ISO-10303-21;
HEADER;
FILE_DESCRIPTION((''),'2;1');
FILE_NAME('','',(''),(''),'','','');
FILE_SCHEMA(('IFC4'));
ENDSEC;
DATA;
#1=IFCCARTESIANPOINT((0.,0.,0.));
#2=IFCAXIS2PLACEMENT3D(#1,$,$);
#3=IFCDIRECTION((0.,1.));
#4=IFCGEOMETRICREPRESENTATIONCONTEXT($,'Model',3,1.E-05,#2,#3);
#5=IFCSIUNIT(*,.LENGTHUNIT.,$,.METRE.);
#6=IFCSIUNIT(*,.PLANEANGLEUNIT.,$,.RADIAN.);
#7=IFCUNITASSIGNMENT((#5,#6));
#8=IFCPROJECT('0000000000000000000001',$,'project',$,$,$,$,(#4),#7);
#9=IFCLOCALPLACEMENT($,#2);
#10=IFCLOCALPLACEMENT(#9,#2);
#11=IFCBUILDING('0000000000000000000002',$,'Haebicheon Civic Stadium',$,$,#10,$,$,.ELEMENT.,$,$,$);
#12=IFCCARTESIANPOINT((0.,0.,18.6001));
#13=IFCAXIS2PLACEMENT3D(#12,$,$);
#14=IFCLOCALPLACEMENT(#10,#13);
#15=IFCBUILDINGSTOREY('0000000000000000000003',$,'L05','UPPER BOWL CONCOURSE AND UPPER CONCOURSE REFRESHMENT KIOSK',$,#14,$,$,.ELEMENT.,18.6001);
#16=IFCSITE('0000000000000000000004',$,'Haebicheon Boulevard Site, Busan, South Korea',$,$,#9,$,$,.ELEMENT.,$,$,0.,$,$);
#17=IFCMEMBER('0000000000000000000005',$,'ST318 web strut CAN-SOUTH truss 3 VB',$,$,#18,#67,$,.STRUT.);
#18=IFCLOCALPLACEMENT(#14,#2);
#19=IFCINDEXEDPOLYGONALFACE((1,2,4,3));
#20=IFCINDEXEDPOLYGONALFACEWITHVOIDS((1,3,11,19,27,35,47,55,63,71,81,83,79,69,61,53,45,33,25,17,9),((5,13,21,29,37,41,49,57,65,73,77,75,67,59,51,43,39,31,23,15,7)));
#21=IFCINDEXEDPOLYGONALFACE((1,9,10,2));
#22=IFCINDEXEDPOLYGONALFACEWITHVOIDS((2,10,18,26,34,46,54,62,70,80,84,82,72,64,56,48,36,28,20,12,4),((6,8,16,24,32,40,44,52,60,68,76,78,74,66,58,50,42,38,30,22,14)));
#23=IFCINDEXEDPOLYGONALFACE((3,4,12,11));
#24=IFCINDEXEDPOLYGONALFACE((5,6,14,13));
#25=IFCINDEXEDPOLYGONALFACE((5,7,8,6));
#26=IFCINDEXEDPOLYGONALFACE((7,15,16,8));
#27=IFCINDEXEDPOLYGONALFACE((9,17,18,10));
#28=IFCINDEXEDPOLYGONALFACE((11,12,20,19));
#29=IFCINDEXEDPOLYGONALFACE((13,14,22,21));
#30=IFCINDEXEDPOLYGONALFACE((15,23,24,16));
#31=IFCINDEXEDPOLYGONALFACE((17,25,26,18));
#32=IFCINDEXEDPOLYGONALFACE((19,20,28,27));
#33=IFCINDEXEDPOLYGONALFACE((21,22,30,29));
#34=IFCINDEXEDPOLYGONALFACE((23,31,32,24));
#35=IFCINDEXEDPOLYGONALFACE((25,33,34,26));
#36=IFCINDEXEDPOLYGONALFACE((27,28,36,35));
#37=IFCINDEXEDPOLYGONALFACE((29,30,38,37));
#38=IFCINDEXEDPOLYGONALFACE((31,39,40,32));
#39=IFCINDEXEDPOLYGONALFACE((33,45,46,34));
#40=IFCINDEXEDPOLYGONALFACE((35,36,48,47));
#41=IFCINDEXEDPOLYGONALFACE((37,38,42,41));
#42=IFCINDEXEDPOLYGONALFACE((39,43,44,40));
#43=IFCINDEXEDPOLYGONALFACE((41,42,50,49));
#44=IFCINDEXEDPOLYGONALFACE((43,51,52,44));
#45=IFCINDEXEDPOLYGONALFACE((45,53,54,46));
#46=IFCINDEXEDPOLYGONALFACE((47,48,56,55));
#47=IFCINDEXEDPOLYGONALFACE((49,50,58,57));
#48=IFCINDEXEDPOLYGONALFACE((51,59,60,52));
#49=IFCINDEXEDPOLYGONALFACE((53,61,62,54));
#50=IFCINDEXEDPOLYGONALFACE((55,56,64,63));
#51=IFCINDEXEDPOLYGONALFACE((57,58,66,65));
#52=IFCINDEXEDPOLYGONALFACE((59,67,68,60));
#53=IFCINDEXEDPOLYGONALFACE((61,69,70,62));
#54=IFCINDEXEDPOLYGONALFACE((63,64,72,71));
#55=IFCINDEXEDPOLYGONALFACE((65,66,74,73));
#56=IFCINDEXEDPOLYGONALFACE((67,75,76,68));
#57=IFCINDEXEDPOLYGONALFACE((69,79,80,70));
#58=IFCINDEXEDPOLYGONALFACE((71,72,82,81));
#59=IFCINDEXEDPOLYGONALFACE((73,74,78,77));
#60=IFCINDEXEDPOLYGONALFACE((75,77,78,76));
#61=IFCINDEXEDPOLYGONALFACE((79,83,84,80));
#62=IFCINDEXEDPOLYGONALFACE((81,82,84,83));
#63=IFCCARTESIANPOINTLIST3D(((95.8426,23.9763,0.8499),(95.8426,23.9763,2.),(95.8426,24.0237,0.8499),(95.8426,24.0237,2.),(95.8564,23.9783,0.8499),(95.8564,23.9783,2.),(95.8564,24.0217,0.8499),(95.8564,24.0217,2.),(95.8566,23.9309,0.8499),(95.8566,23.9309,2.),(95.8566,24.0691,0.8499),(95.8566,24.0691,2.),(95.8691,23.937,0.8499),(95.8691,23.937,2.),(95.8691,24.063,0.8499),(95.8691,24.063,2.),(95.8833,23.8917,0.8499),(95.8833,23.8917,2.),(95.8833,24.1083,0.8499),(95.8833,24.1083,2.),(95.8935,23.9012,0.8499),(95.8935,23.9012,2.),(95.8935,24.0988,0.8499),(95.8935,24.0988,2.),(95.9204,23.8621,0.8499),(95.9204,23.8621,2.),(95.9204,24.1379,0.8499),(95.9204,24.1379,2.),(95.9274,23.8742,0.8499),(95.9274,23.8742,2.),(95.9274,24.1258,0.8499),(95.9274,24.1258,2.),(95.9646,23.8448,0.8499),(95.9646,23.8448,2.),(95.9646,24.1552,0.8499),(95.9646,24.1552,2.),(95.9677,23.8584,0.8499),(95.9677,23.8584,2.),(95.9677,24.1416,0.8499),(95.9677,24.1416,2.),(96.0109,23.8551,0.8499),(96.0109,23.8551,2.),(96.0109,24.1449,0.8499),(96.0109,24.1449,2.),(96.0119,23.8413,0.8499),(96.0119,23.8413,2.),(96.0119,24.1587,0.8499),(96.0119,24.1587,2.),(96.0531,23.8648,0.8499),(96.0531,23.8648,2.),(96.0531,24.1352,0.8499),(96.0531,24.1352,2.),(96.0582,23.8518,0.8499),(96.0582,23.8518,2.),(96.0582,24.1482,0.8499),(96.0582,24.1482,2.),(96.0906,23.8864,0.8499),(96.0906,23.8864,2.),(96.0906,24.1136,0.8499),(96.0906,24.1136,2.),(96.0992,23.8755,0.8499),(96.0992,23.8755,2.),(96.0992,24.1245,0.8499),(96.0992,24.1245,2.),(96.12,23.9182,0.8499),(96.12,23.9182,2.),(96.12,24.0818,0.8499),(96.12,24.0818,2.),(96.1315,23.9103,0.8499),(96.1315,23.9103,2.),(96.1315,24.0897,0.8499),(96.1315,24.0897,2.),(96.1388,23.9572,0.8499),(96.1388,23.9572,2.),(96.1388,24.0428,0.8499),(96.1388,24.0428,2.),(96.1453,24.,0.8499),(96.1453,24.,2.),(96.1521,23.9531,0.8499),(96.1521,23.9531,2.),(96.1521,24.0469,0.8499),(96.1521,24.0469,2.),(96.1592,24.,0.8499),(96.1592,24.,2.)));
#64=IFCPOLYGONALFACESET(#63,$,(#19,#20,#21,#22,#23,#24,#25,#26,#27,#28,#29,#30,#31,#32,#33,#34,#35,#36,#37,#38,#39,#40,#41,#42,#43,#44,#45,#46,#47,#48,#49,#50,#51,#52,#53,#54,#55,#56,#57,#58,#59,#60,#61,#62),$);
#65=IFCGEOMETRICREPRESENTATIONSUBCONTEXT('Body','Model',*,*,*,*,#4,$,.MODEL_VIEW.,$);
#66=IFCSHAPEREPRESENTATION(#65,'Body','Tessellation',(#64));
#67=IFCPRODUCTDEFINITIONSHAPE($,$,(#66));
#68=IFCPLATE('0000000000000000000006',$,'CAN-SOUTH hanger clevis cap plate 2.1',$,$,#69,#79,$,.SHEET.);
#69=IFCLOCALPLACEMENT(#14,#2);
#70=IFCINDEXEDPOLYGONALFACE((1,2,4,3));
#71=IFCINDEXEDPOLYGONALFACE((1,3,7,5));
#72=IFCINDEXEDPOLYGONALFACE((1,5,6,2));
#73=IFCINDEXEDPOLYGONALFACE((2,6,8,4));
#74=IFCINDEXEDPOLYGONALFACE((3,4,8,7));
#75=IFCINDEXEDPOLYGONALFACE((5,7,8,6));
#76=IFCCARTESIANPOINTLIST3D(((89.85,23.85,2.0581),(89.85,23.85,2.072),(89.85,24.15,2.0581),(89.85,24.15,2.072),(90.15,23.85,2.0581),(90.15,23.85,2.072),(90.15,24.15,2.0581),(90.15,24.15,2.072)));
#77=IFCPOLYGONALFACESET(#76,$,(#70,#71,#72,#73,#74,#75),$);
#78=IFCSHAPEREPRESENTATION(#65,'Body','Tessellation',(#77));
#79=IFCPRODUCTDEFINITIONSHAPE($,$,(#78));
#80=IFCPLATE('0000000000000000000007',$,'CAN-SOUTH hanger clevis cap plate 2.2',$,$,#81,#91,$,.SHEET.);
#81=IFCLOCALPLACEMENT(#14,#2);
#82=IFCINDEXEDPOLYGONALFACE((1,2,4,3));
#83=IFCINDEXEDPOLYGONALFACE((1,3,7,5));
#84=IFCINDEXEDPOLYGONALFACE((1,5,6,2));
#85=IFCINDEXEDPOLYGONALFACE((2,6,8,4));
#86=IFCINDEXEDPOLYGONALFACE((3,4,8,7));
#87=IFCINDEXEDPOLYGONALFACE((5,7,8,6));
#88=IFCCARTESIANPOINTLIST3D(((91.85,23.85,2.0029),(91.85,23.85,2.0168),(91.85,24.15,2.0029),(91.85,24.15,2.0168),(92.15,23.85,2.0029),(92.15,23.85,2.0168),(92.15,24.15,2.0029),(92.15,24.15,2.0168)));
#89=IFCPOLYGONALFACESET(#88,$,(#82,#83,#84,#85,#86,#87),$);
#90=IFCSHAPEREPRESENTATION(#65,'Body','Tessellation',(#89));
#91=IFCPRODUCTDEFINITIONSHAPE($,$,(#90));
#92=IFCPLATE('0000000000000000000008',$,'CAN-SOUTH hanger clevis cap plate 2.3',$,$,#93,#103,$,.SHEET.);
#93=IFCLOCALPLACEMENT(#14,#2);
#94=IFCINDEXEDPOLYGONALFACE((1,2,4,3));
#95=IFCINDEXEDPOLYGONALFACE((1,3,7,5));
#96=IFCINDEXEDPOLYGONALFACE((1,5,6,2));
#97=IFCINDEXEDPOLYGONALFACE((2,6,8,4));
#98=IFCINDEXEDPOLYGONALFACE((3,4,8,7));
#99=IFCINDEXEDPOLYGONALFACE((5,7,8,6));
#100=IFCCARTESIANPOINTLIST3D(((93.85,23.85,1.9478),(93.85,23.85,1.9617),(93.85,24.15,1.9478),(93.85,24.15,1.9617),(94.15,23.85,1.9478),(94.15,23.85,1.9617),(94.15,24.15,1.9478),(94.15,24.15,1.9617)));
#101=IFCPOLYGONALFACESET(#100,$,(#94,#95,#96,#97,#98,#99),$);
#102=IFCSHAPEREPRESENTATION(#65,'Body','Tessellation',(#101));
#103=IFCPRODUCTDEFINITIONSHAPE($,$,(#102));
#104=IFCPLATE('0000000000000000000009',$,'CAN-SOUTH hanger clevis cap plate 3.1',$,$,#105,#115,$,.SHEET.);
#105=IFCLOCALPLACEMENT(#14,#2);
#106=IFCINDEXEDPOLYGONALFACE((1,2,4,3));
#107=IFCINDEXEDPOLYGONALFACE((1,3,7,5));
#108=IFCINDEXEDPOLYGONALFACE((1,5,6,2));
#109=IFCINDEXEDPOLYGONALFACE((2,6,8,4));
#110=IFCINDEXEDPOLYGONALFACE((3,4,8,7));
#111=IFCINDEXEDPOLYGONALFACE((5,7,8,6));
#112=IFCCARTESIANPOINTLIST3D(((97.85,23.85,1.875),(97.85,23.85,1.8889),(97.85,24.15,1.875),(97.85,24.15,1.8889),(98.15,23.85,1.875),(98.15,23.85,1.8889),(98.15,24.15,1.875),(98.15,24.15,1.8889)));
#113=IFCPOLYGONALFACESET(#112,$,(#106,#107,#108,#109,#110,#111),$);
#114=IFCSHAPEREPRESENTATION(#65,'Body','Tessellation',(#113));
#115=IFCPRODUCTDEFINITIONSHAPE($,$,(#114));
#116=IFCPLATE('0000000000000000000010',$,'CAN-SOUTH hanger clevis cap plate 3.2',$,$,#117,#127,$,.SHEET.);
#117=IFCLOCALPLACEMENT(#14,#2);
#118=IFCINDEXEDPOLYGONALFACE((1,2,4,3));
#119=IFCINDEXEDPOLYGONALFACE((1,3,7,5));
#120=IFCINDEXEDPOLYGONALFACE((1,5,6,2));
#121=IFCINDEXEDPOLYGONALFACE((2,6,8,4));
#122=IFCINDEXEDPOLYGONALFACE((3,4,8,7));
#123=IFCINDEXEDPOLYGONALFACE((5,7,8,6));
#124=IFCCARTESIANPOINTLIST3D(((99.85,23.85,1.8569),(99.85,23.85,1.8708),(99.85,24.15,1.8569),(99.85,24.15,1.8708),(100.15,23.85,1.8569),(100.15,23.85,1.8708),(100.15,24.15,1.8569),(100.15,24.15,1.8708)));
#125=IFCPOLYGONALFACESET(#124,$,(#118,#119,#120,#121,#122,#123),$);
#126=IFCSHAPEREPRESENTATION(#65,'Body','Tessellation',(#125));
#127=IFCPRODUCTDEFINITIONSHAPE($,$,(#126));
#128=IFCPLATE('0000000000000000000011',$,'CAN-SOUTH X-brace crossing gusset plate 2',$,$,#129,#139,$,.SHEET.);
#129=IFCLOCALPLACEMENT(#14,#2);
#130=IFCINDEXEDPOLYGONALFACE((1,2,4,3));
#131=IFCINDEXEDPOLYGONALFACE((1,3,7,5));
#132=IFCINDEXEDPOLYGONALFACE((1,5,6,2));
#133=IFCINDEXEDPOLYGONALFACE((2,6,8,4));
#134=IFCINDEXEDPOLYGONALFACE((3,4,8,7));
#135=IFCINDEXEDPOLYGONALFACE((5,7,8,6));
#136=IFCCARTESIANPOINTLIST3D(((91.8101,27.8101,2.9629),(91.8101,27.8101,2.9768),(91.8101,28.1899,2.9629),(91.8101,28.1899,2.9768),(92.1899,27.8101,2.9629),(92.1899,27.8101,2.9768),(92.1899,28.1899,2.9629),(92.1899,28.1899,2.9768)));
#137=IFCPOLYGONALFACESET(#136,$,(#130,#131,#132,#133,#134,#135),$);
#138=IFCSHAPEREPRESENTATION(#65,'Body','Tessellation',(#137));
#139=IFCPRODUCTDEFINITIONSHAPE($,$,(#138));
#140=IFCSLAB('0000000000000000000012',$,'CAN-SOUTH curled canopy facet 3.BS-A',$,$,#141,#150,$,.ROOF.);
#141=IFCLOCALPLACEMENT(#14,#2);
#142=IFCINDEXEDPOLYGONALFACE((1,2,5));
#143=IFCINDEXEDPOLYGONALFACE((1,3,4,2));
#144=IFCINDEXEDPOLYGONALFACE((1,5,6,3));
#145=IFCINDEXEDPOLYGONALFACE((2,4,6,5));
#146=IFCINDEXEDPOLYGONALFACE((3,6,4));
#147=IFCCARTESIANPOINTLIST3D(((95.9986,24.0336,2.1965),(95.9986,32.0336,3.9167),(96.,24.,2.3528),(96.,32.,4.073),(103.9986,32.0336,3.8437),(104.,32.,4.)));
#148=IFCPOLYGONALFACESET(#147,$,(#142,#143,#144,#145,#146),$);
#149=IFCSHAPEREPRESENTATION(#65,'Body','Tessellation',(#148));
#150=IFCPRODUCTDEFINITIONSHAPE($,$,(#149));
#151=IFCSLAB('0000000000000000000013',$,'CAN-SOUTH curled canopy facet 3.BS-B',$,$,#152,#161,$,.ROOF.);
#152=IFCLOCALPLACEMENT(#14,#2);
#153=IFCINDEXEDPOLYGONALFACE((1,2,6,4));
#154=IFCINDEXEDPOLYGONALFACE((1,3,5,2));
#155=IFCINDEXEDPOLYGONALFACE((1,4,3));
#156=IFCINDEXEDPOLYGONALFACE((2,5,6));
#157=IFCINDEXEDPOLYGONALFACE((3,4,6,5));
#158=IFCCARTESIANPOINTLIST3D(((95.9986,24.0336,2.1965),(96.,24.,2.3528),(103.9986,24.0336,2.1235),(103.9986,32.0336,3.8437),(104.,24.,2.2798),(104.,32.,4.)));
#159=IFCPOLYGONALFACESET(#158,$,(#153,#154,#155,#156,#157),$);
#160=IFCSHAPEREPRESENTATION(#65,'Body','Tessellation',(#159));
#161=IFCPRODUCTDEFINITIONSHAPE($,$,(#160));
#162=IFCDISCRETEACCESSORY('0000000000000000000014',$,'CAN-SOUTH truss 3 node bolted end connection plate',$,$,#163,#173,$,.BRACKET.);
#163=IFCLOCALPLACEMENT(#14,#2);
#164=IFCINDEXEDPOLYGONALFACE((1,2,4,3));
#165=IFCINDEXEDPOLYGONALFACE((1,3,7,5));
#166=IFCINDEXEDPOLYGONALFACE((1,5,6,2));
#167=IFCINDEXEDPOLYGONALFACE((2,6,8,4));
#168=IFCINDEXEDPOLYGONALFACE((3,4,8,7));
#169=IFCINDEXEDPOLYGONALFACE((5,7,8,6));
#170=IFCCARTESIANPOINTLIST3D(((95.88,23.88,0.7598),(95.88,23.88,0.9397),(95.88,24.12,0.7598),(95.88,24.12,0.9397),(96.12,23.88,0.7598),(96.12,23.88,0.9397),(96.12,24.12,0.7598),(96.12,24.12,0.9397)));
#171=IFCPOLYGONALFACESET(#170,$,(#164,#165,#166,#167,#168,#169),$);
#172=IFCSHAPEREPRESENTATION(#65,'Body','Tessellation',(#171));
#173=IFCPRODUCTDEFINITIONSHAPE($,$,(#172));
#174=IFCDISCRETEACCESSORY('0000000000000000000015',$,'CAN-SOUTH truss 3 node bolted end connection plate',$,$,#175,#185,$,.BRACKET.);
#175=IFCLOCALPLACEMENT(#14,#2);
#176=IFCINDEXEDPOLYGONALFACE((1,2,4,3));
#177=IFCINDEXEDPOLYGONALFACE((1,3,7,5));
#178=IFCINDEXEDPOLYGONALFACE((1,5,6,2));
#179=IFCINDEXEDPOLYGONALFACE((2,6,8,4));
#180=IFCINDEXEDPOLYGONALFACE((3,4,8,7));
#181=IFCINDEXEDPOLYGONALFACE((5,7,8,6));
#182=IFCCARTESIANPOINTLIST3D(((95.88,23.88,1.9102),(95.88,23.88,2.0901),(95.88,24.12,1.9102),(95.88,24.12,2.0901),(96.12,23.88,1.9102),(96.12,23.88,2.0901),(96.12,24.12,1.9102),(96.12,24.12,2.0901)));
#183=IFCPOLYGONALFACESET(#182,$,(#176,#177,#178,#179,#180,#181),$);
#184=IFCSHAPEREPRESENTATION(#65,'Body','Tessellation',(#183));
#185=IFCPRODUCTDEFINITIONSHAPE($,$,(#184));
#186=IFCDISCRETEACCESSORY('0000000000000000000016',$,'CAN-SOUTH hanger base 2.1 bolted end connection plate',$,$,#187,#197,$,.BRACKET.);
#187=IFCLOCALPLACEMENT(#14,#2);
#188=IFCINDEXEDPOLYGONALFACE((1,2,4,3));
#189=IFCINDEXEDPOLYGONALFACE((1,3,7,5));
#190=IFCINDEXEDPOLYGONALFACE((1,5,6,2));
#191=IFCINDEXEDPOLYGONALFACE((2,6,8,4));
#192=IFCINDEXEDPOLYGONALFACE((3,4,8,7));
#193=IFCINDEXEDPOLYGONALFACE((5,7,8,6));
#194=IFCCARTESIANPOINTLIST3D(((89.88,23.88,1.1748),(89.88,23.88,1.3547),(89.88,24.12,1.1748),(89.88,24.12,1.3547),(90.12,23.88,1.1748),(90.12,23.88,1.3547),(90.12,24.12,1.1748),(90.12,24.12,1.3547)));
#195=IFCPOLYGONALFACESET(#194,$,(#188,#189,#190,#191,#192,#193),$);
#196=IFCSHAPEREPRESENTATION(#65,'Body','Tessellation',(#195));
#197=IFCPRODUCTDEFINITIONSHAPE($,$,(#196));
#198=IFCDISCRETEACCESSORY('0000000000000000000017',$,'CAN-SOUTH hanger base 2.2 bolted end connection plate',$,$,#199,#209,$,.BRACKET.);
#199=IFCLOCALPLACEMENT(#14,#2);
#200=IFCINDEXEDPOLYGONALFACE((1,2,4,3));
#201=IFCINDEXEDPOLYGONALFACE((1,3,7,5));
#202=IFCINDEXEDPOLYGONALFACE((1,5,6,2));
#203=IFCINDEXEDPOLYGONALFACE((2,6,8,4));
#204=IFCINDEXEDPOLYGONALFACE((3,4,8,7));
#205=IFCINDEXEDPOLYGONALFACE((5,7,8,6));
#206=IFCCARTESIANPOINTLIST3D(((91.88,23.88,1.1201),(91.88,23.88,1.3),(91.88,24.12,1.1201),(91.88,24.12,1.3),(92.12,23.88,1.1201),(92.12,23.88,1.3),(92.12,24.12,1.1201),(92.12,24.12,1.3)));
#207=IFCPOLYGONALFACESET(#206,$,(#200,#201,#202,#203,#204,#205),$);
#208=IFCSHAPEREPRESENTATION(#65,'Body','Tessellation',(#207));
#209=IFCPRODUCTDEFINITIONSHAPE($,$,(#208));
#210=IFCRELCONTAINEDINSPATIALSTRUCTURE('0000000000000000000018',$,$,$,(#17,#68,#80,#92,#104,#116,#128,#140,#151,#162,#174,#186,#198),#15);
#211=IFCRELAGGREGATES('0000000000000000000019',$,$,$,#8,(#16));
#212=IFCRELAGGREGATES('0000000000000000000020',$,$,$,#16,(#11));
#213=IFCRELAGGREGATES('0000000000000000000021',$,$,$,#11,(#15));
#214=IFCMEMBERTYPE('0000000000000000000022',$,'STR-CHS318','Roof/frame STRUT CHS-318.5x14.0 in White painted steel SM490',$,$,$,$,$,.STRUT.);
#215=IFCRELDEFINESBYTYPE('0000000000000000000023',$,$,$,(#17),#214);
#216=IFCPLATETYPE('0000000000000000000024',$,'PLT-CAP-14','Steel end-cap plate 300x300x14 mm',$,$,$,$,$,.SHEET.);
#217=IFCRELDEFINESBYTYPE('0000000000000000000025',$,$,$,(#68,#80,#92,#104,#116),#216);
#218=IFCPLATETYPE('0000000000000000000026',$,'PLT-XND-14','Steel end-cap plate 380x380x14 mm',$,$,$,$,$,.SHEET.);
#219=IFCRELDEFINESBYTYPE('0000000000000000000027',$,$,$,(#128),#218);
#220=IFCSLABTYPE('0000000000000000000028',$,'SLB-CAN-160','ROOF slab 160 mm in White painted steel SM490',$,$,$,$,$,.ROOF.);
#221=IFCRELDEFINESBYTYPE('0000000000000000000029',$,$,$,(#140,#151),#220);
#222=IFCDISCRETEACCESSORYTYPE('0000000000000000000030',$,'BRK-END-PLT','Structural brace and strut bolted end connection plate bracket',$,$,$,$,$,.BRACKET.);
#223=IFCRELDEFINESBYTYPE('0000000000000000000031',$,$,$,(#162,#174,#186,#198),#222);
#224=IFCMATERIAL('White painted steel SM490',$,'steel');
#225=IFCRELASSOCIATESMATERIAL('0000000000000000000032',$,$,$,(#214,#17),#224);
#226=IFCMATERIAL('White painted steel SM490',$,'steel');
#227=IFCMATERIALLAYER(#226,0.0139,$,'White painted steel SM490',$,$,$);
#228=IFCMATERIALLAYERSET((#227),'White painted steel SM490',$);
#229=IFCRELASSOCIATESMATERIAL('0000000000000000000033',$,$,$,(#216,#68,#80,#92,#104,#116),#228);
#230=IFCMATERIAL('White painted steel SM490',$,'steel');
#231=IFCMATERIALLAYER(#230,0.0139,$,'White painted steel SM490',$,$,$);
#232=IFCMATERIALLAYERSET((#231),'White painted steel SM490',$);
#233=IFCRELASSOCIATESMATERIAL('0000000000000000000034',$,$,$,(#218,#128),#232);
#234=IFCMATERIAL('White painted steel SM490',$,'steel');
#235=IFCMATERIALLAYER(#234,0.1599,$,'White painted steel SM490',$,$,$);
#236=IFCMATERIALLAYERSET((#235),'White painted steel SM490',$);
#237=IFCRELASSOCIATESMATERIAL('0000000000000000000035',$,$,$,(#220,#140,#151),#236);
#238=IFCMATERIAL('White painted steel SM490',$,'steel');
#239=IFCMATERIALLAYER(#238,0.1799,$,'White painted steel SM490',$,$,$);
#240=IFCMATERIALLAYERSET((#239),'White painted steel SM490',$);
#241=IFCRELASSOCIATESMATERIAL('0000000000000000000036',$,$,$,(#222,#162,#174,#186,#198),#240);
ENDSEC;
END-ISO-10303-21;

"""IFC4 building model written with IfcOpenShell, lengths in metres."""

from ifc_helpers import new_model, si_unit, direction, frame, origin, origin_2d, place, context, subcontext, project, spatial, polyline, rectangle, hollow_circle, outline, extrude, material, layer, layer_set, material_profile, profile_set, type_object, element, save


model = new_model("IFC4")

# Units and contexts
model_context = context("Model", 3, precision=1e-05, world=origin(), true_north=direction((0.0, 1.0)))
body_context = subcontext(model_context, "Body", "Model", "MODEL_VIEW")
ifc_project = project(units=[si_unit("LENGTHUNIT", "METRE"), si_unit("PLANEANGLEUNIT", "RADIAN")], contexts=[model_context])

# Site, building, storey
site_placement = place(None, origin())
site = spatial("IfcSite", under=ifc_project, at=site_placement, Name="Haebicheon Boulevard Site, Busan, South Korea", CompositionType="ELEMENT", RefElevation=0.0)
building_placement = place(site_placement, origin())
building = spatial("IfcBuilding", under=site, at=building_placement, Name="Haebicheon Civic Stadium", CompositionType="ELEMENT")
storey_placement = place(building_placement, frame((0.0, 0.0, 18.6001)))
storey = spatial("IfcBuildingStorey", under=building, at=storey_placement, Name="L05", Description="UPPER BOWL CONCOURSE AND UPPER CONCOURSE REFRESHMENT KIOSK", CompositionType="ELEMENT", Elevation=18.6001)

# Member
ifc_material_1 = material(Name="White painted steel SM490", Category="steel")
ifc_material_profile_1 = material_profile(ifc_material_1, hollow_circle(Radius=0.1592, WallThickness=0.0139, at=origin_2d()), Name="CHS-318.5x14.0")
ifc_profile_set_1 = profile_set([ifc_material_profile_1], Name="White painted steel SM490")
member_type_1 = type_object("IfcMemberType", Name="STR-CHS318", Description="Roof/frame STRUT CHS-318.5x14.0 in White painted steel SM490", PredefinedType="STRUT", material=ifc_profile_set_1)
member_1_placement = place(storey_placement, frame((96.0, 24.0, 0.8499), z_axis=(0.0, 0.0, 1.0), x_axis=(1.0, 0.0, 0.0)))
element("IfcMember", 1, at=member_1_placement, inside=storey, type_object=member_type_1, material=ifc_profile_set_1, Name="ST318 web strut CAN-SOUTH truss 3 VB", PredefinedType="STRUT", context=body_context, shape_type="SweptSolid", body=[
    extrude(hollow_circle(Radius=0.1592, WallThickness=0.0139, at=origin_2d()), origin(), (0.0, 0.0, 1.0), 1.1501),
])

# Plates
ifc_material_2 = material(Name="White painted steel SM490", Category="steel")
ifc_layer_1 = layer(ifc_material_2, 0.0139, Name="White painted steel SM490")
ifc_layer_set_1 = layer_set([ifc_layer_1], Name="White painted steel SM490")
plate_type_1 = type_object("IfcPlateType", Name="PLT-CAP-14", Description="Steel end-cap plate 300x300x14 mm", PredefinedType="SHEET", material=ifc_layer_set_1)
for number, where, z_axis, x_axis, name in (
    (2, (90.0, 24.0, 2.0581), (0.0, 0.0, 1.0), (1.0, 0.0, 0.0), "CAN-SOUTH hanger clevis cap plate 2.1"),
    (3, (92.0, 24.0, 2.0029), (0.0, 0.0, 1.0), (1.0, 0.0, 0.0), "CAN-SOUTH hanger clevis cap plate 2.2"),
    (4, (94.0, 24.0, 1.9478), (0.0, 0.0, 1.0), (1.0, 0.0, 0.0), "CAN-SOUTH hanger clevis cap plate 2.3"),
    (5, (98.0, 24.0, 1.875), (0.0, 0.0, 1.0), (1.0, 0.0, 0.0), "CAN-SOUTH hanger clevis cap plate 3.1"),
    (6, (100.0, 24.0, 1.8569), (0.0, 0.0, 1.0), (1.0, 0.0, 0.0), "CAN-SOUTH hanger clevis cap plate 3.2"),
):
    element("IfcPlate", number, at=place(storey_placement, frame(where, z_axis=z_axis, x_axis=x_axis)), inside=storey, type_object=plate_type_1, material=ifc_layer_set_1, Name=name, PredefinedType="SHEET", context=body_context, shape_type="SweptSolid", body=[
        extrude(rectangle(XDim=0.3, YDim=0.3, at=origin_2d()), origin(), (0.0, 0.0, 1.0), 0.0139),
    ])
ifc_material_3 = material(Name="White painted steel SM490", Category="steel")
ifc_layer_2 = layer(ifc_material_3, 0.0139, Name="White painted steel SM490")
ifc_layer_set_2 = layer_set([ifc_layer_2], Name="White painted steel SM490")
plate_type_2 = type_object("IfcPlateType", Name="PLT-XND-14", Description="Steel end-cap plate 380x380x14 mm", PredefinedType="SHEET", material=ifc_layer_set_2)
plate_placement = place(storey_placement, frame((92.0, 28.0, 2.9629), z_axis=(0.0, 0.0, 1.0), x_axis=(1.0, 0.0, 0.0)))
element("IfcPlate", 7, at=plate_placement, inside=storey, type_object=plate_type_2, material=ifc_layer_set_2, Name="CAN-SOUTH X-brace crossing gusset plate 2", PredefinedType="SHEET", context=body_context, shape_type="SweptSolid", body=[
    extrude(rectangle(XDim=0.3799, YDim=0.3799, at=origin_2d()), origin(), (0.0, 0.0, 1.0), 0.0139),
])

# Slabs
ifc_material_4 = material(Name="White painted steel SM490", Category="steel")
ifc_layer_3 = layer(ifc_material_4, 0.1599, Name="White painted steel SM490")
ifc_layer_set_3 = layer_set([ifc_layer_3], Name="White painted steel SM490")
slab_type = type_object("IfcSlabType", Name="SLB-CAN-160", Description="ROOF slab 160 mm in White painted steel SM490", PredefinedType="ROOF", material=ifc_layer_set_3)
slab_1_placement = place(storey_placement, frame((96.0, 24.0, 2.3528), z_axis=(0.00892, -0.210213, 0.977615), x_axis=(0.0, 0.977654, 0.210222)))
element("IfcSlab", 8, at=slab_1_placement, inside=storey, type_object=slab_type, material=ifc_layer_set_3, Name="CAN-SOUTH curled canopy facet 3.BS-A", PredefinedType="ROOF", context=body_context, shape_type="SweptSolid", body=[
    extrude(outline(polyline([(0.0, 0.0), (8.1829, 0.0), (8.1675, -8.0003), (0.0, 0.0)])), origin(), (0.0, 0.0, -1.0), 0.1599),
])
slab_2_placement = place(storey_placement, frame((96.0, 24.0, 2.3528), z_axis=(0.00892, -0.210213, 0.977615), x_axis=(0.699729, 0.699729, 0.144076)))
element("IfcSlab", 9, at=slab_2_placement, inside=storey, type_object=slab_type, material=ifc_layer_set_3, Name="CAN-SOUTH curled canopy facet 3.BS-B", PredefinedType="ROOF", context=body_context, shape_type="SweptSolid", body=[
    extrude(outline(polyline([(0.0, 0.0), (11.433, 0.0), (5.5873, -5.726), (0.0, 0.0)])), origin(), (0.0, 0.0, -1.0), 0.1599),
])

# Discrete accessories
ifc_material_5 = material(Name="White painted steel SM490", Category="steel")
ifc_layer_4 = layer(ifc_material_5, 0.1799, Name="White painted steel SM490")
ifc_layer_set_4 = layer_set([ifc_layer_4], Name="White painted steel SM490")
discrete_accessory_type = type_object("IfcDiscreteAccessoryType", Name="BRK-END-PLT", Description="Structural brace and strut bolted end connection plate bracket", PredefinedType="BRACKET", material=ifc_layer_set_4)
for number, where, z_axis, x_axis, name in (
    (10, (96.0, 24.0, 0.7598), (0.0, 0.0, 1.0), (1.0, 0.0, 0.0), "CAN-SOUTH truss 3 node bolted end connection plate"),
    (11, (96.0, 24.0, 1.9102), (0.0, 0.0, 1.0), (1.0, 0.0, 0.0), "CAN-SOUTH truss 3 node bolted end connection plate"),
    (12, (90.0, 24.0, 1.1748), (0.0, 0.0, 1.0), (1.0, 0.0, 0.0), "CAN-SOUTH hanger base 2.1 bolted end connection plate"),
    (13, (92.0, 24.0, 1.1201), (0.0, 0.0, 1.0), (1.0, 0.0, 0.0), "CAN-SOUTH hanger base 2.2 bolted end connection plate"),
):
    element("IfcDiscreteAccessory", number, at=place(storey_placement, frame(where, z_axis=z_axis, x_axis=x_axis)), inside=storey, type_object=discrete_accessory_type, material=ifc_layer_set_4, Name=name, PredefinedType="BRACKET", context=body_context, shape_type="SweptSolid", body=[
        extrude(rectangle(XDim=0.24, YDim=0.24, at=origin_2d()), origin(), (0.0, 0.0, 1.0), 0.1799),
    ])

save(model, "model.ifc")
